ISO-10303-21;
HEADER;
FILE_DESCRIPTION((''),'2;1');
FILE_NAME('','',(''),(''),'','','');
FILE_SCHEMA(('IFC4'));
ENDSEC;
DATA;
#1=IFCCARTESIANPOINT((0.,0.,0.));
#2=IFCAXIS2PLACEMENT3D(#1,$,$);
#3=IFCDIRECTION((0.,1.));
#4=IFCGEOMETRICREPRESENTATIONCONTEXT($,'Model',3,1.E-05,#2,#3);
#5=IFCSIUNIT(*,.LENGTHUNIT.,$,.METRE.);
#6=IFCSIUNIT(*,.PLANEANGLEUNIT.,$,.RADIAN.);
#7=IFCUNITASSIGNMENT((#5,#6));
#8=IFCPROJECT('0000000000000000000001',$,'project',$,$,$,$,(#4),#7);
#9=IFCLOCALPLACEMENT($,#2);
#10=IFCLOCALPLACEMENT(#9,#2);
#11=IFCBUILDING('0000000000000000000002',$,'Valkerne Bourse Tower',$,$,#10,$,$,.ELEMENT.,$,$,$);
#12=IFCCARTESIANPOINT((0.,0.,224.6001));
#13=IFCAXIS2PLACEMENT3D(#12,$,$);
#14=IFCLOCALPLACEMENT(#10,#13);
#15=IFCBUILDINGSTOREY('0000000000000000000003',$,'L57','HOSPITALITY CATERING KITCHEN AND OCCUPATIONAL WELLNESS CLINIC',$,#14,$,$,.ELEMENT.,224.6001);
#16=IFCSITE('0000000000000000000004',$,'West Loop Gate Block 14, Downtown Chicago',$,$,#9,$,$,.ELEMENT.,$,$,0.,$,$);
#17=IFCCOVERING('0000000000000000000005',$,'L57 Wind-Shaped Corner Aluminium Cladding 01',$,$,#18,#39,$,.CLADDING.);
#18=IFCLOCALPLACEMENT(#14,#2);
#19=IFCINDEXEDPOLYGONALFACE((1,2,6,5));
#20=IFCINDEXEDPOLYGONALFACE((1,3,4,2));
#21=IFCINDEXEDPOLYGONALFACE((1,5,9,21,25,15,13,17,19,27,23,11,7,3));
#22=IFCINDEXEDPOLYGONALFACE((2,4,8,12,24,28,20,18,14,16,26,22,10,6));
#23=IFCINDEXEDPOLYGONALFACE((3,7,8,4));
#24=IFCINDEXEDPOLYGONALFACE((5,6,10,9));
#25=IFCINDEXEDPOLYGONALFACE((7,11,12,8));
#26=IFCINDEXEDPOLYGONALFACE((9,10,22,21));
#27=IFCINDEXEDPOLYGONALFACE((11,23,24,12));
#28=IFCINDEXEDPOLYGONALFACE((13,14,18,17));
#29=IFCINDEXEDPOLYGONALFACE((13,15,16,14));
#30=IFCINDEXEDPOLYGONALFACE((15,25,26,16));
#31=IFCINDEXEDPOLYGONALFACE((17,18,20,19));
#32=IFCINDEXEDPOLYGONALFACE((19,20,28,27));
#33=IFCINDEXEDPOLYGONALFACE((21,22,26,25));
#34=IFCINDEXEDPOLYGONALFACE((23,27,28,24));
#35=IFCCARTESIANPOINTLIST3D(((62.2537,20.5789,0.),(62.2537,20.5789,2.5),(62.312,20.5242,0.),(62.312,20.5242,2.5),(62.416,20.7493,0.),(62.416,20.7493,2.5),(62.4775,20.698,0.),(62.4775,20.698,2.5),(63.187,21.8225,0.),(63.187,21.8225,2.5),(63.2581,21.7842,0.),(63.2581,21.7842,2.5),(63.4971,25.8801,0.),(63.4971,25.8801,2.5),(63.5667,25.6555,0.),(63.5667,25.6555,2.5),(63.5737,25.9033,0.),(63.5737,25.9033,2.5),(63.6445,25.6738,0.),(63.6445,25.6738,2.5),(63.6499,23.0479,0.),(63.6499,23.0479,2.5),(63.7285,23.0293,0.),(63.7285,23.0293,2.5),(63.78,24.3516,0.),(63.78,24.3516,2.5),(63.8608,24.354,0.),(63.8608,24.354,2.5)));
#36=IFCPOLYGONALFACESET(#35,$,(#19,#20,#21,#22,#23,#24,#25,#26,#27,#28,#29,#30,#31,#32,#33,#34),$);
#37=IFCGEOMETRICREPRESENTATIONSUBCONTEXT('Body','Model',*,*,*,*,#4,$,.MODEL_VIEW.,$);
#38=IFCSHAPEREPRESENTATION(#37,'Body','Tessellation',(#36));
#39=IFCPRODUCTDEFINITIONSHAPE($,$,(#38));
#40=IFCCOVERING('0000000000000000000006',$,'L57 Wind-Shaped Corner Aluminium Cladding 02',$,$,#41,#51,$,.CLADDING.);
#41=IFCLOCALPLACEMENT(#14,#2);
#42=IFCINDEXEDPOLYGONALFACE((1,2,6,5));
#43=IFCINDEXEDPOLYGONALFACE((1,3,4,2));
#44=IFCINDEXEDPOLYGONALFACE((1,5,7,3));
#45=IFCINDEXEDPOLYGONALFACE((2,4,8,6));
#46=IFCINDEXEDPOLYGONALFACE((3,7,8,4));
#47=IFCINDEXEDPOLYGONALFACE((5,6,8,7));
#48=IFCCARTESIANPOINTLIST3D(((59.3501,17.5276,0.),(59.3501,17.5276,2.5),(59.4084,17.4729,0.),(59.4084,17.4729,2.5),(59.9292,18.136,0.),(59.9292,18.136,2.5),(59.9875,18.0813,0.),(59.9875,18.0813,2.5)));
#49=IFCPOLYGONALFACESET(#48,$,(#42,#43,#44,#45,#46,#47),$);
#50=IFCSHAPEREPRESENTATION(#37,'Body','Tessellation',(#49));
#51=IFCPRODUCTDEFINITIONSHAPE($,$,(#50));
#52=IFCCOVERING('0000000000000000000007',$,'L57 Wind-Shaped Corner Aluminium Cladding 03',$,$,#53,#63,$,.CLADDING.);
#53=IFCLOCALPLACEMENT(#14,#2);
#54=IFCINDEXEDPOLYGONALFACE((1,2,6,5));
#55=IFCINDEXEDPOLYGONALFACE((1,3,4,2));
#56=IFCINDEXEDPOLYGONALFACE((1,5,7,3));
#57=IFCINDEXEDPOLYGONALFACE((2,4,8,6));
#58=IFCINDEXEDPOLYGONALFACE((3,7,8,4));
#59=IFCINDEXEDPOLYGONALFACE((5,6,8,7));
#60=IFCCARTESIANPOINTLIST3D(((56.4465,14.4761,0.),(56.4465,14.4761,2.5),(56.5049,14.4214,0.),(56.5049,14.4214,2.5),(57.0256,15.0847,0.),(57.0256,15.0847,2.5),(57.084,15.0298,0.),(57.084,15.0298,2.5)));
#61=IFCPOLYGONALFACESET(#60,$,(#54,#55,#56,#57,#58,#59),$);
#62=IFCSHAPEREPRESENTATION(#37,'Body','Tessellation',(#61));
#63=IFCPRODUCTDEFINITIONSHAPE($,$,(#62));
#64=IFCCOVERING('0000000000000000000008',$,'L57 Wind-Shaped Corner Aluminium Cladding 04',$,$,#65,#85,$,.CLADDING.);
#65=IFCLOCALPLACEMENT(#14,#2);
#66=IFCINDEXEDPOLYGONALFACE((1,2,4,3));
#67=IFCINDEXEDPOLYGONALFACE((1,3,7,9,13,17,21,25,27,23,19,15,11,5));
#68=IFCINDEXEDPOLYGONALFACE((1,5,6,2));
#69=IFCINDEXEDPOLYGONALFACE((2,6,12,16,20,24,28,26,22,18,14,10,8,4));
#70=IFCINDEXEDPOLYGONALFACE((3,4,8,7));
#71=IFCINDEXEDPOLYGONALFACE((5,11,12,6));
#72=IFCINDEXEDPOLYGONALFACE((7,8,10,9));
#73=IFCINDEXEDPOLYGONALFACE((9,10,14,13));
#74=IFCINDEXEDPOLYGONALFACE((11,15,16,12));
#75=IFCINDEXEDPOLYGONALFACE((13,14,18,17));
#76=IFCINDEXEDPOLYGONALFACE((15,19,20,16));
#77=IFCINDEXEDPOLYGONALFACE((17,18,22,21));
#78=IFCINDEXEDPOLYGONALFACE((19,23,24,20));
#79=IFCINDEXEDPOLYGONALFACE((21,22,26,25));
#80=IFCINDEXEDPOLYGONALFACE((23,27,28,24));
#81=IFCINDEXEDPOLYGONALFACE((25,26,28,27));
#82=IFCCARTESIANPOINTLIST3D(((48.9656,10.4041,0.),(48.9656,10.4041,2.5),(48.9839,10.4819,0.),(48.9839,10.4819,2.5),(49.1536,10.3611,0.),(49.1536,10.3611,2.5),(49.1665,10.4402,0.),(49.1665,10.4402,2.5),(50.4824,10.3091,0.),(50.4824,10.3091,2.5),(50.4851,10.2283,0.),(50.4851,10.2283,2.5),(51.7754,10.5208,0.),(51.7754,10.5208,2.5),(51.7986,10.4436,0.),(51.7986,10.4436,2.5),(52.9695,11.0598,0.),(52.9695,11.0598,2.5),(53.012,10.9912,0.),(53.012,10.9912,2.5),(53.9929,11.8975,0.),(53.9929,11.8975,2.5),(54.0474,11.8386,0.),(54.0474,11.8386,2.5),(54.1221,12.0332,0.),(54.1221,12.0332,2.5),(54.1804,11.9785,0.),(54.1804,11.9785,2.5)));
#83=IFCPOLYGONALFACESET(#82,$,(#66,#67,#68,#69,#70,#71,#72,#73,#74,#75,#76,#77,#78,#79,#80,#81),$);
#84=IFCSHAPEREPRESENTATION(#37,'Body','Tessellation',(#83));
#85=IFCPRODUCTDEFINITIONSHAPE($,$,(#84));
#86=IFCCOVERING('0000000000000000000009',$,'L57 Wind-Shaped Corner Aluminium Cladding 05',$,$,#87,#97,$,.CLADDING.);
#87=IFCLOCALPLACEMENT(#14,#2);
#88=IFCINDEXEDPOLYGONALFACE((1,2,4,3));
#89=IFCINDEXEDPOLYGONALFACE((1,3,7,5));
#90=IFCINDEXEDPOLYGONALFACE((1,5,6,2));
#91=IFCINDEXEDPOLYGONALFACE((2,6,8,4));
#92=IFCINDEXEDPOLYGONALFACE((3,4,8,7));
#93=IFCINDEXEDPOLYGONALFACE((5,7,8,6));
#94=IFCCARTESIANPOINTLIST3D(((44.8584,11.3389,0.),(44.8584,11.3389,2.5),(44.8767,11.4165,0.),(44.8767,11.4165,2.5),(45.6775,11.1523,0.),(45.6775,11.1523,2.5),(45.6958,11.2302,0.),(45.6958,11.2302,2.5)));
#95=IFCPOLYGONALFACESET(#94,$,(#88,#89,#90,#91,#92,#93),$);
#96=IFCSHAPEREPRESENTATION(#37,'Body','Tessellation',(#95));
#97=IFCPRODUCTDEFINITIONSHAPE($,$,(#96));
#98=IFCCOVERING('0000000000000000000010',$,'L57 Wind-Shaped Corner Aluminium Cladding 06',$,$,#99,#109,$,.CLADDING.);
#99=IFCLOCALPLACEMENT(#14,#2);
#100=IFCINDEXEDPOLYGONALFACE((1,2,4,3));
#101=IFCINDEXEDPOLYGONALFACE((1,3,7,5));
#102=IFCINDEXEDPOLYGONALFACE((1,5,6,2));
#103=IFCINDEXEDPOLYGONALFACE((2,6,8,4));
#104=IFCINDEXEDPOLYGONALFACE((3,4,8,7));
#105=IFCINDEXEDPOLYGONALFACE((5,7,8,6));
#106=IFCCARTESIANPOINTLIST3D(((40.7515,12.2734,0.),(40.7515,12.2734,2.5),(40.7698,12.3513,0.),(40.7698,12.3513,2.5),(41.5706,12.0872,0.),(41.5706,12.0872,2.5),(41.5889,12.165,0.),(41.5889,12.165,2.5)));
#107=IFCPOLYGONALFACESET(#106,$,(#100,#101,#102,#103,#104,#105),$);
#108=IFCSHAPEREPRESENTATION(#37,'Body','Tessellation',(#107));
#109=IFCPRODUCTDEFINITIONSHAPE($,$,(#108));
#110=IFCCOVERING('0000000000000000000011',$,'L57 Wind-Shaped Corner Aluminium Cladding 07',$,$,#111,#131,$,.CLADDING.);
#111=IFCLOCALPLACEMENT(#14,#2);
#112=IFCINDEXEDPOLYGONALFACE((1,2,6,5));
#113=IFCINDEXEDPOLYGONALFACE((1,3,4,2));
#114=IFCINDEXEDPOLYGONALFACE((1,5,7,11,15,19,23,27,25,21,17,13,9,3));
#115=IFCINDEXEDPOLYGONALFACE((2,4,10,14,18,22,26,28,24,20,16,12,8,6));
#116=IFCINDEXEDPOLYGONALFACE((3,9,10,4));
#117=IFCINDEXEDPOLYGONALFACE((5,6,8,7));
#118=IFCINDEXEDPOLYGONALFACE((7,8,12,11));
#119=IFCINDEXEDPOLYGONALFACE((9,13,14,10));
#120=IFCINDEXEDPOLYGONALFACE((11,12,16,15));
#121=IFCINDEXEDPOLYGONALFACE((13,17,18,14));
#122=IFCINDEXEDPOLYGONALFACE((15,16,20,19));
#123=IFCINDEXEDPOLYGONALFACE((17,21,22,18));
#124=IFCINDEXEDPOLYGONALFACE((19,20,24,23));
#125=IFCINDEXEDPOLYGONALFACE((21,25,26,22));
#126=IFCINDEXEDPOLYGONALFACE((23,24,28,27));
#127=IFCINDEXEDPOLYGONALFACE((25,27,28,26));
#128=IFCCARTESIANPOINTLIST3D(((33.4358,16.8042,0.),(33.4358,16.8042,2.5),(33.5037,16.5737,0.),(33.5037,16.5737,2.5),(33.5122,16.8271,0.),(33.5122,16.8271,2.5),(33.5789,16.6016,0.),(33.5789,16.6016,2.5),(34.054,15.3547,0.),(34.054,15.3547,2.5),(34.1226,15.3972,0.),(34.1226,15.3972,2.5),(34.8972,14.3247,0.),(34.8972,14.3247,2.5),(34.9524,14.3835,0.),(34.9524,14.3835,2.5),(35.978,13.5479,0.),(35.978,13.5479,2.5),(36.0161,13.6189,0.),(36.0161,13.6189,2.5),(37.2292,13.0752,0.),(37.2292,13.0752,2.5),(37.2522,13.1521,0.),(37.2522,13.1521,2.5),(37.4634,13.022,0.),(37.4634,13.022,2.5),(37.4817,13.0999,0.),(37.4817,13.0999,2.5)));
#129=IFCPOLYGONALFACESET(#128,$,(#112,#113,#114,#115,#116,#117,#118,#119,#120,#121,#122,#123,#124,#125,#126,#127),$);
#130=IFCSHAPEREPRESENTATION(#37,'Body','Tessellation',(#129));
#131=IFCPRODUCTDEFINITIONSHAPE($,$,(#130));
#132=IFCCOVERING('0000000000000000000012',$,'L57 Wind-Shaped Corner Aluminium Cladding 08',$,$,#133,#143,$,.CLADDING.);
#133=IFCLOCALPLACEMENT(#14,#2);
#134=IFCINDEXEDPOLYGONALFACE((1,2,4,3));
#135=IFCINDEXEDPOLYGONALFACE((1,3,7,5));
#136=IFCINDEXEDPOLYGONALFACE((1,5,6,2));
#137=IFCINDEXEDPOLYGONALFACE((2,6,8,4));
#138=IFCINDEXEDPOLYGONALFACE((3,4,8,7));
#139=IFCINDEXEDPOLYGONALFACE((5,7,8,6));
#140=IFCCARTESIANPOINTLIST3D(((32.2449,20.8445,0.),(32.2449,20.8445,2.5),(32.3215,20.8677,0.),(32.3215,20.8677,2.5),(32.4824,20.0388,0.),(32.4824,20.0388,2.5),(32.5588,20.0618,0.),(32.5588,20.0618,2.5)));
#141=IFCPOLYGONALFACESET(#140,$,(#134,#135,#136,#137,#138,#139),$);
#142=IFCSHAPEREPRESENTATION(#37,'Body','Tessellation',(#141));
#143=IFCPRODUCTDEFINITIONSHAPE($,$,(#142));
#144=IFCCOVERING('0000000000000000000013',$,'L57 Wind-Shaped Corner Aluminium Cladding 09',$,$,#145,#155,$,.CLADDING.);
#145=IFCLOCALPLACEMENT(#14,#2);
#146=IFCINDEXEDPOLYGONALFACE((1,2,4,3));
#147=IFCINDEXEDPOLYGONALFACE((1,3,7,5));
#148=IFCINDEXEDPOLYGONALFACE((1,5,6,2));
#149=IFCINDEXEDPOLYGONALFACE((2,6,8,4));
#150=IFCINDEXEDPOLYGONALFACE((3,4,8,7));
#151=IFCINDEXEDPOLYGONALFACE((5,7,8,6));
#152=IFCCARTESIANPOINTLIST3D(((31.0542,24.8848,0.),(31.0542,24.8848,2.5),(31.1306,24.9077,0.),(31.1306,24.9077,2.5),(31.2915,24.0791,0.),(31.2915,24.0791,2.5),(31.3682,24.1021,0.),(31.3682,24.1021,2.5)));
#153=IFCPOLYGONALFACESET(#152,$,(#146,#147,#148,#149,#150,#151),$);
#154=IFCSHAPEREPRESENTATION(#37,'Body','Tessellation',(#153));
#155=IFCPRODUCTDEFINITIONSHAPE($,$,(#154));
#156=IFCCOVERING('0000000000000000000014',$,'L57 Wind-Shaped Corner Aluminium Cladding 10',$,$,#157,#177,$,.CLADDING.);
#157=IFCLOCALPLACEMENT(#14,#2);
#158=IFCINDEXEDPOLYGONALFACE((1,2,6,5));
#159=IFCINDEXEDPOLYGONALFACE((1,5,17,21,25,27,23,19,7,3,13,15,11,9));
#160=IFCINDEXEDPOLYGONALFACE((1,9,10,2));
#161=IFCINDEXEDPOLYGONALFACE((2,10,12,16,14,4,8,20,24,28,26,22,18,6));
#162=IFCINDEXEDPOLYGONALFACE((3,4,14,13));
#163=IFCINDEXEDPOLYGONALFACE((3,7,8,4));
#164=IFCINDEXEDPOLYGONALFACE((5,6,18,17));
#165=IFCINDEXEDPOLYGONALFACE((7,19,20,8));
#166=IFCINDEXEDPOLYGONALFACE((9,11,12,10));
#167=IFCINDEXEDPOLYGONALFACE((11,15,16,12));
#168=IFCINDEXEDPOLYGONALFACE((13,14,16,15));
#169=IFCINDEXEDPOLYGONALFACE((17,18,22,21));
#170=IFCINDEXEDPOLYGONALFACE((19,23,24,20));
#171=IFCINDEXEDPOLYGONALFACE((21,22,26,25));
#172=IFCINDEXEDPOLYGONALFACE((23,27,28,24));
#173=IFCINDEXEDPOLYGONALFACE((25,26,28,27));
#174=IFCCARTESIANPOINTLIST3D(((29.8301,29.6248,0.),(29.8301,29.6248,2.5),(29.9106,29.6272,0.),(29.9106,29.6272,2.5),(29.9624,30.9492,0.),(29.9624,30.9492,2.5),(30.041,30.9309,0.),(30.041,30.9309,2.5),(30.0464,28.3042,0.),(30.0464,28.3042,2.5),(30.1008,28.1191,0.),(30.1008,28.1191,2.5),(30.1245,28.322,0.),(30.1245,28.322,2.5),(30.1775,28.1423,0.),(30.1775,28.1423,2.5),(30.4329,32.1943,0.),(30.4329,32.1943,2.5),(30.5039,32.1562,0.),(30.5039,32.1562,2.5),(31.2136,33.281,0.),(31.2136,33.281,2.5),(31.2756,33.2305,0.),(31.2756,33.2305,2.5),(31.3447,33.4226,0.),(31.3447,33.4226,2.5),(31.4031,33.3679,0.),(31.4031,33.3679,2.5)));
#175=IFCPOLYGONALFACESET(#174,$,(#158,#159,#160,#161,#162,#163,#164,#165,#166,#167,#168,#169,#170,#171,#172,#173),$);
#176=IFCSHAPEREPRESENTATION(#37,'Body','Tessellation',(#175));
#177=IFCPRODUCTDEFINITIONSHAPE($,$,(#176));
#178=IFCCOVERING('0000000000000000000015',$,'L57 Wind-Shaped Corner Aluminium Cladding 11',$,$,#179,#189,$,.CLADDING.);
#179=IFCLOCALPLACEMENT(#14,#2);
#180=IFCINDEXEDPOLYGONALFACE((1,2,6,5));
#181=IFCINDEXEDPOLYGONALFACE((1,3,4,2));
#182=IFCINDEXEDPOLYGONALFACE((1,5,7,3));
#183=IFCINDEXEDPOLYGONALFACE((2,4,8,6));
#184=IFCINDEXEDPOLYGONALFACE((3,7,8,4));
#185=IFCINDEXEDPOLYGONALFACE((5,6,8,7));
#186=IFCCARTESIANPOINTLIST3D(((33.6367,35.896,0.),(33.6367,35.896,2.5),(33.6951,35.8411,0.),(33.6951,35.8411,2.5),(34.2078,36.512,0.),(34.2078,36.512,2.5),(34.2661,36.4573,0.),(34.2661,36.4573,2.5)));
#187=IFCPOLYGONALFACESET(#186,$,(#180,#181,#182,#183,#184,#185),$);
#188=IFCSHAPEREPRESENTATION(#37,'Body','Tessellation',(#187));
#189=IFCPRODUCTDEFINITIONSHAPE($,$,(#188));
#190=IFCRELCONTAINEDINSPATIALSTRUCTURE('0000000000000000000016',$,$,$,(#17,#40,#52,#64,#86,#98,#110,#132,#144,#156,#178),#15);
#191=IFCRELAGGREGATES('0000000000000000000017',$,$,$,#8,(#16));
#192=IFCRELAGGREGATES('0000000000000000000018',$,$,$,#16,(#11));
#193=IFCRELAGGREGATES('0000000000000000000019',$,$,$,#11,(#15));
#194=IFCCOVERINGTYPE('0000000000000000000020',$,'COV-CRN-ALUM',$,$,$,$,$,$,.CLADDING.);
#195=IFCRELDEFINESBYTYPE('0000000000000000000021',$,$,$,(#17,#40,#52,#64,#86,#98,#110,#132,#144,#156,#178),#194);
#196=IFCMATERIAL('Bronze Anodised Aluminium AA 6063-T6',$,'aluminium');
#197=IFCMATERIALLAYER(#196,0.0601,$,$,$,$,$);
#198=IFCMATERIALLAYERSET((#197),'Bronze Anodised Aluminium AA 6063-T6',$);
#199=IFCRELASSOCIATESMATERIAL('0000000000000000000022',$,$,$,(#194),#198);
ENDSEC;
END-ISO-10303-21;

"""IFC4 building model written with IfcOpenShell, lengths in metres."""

from ifc_helpers import new_model, si_unit, direction, frame, origin, place, context, subcontext, project, spatial, polyline, outline, extrude, material, layer, layer_set, type_object, element, save


model = new_model("IFC4")

# Units and contexts
model_context = context("Model", 3, precision=1e-05, world=origin(), true_north=direction((0.0, 1.0)))
body_context = subcontext(model_context, "Body", "Model", "MODEL_VIEW")
ifc_project = project(units=[si_unit("LENGTHUNIT", "METRE"), si_unit("PLANEANGLEUNIT", "RADIAN")], contexts=[model_context])

# Site, building, storey
site_placement = place(None, origin())
site = spatial("IfcSite", under=ifc_project, at=site_placement, Name="West Loop Gate Block 14, Downtown Chicago", CompositionType="ELEMENT", RefElevation=0.0)
building_placement = place(site_placement, origin())
building = spatial("IfcBuilding", under=site, at=building_placement, Name="Valkerne Bourse Tower", CompositionType="ELEMENT")
storey_placement = place(building_placement, frame((0.0, 0.0, 224.6001)))
storey = spatial("IfcBuildingStorey", under=building, at=storey_placement, Name="L57", Description="HOSPITALITY CATERING KITCHEN AND OCCUPATIONAL WELLNESS CLINIC", CompositionType="ELEMENT", Elevation=224.6001)

# Coverings
ifc_material_1 = material(Name="Bronze Anodised Aluminium AA 6063-T6", Category="aluminium")
ifc_layer_1 = layer(ifc_material_1, 0.0601)
ifc_layer_set_1 = layer_set([ifc_layer_1], Name="Bronze Anodised Aluminium AA 6063-T6")
covering_type = type_object("IfcCoveringType", Name="COV-CRN-ALUM", PredefinedType="CLADDING", material=ifc_layer_set_1)
covering_1_placement = place(storey_placement, origin())
element("IfcCovering", 1, at=covering_1_placement, inside=storey, type_object=covering_type, Name="L57 Wind-Shaped Corner Aluminium Cladding 01", PredefinedType="CLADDING", context=body_context, shape_type="SweptSolid", body=[
    extrude(outline(polyline([(63.8608, 24.354), (63.7285, 23.0293), (63.2581, 21.7842), (62.4775, 20.698), (62.312, 20.5242), (62.2537, 20.5789), (62.416, 20.7493), (63.187, 21.8225), (63.6499, 23.0479), (63.78, 24.3516), (63.5667, 25.6555), (63.4971, 25.8801), (63.5737, 25.9033), (63.6445, 25.6738), (63.8608, 24.354)])), origin(), (0.0, 0.0, 1.0), 2.5),
])
covering_2_placement = place(storey_placement, origin())
element("IfcCovering", 2, at=covering_2_placement, inside=storey, type_object=covering_type, Name="L57 Wind-Shaped Corner Aluminium Cladding 02", PredefinedType="CLADDING", context=body_context, shape_type="SweptSolid", body=[
    extrude(outline(polyline([(59.4084, 17.4729), (59.3501, 17.5276), (59.9292, 18.136), (59.9875, 18.0813), (59.4084, 17.4729)])), origin(), (0.0, 0.0, 1.0), 2.5),
])
covering_3_placement = place(storey_placement, origin())
element("IfcCovering", 3, at=covering_3_placement, inside=storey, type_object=covering_type, Name="L57 Wind-Shaped Corner Aluminium Cladding 03", PredefinedType="CLADDING", context=body_context, shape_type="SweptSolid", body=[
    extrude(outline(polyline([(56.5049, 14.4214), (56.4465, 14.4761), (57.0256, 15.0847), (57.084, 15.0298), (56.5049, 14.4214)])), origin(), (0.0, 0.0, 1.0), 2.5),
])
covering_4_placement = place(storey_placement, origin())
element("IfcCovering", 4, at=covering_4_placement, inside=storey, type_object=covering_type, Name="L57 Wind-Shaped Corner Aluminium Cladding 04", PredefinedType="CLADDING", context=body_context, shape_type="SweptSolid", body=[
    extrude(outline(polyline([(54.0474, 11.8386), (53.012, 10.9912), (51.7986, 10.4436), (50.4851, 10.2283), (49.1536, 10.3611), (48.9656, 10.4041), (48.9839, 10.4819), (49.1665, 10.4402), (50.4824, 10.3091), (51.7754, 10.5208), (52.9695, 11.0598), (53.9929, 11.8975), (54.1221, 12.0332), (54.1804, 11.9785), (54.0474, 11.8386)])), origin(), (0.0, 0.0, 1.0), 2.5),
])
covering_5_placement = place(storey_placement, origin())
element("IfcCovering", 5, at=covering_5_placement, inside=storey, type_object=covering_type, Name="L57 Wind-Shaped Corner Aluminium Cladding 05", PredefinedType="CLADDING", context=body_context, shape_type="SweptSolid", body=[
    extrude(outline(polyline([(44.8584, 11.3389), (44.8767, 11.4165), (45.6958, 11.2302), (45.6775, 11.1523), (44.8584, 11.3389)])), origin(), (0.0, 0.0, 1.0), 2.5),
])
covering_6_placement = place(storey_placement, origin())
element("IfcCovering", 6, at=covering_6_placement, inside=storey, type_object=covering_type, Name="L57 Wind-Shaped Corner Aluminium Cladding 06", PredefinedType="CLADDING", context=body_context, shape_type="SweptSolid", body=[
    extrude(outline(polyline([(40.7515, 12.2734), (40.7698, 12.3513), (41.5889, 12.165), (41.5706, 12.0872), (40.7515, 12.2734)])), origin(), (0.0, 0.0, 1.0), 2.5),
])
covering_7_placement = place(storey_placement, origin())
element("IfcCovering", 7, at=covering_7_placement, inside=storey, type_object=covering_type, Name="L57 Wind-Shaped Corner Aluminium Cladding 07", PredefinedType="CLADDING", context=body_context, shape_type="SweptSolid", body=[
    extrude(outline(polyline([(37.2292, 13.0752), (35.978, 13.5479), (34.8972, 14.3247), (34.054, 15.3547), (33.5037, 16.5737), (33.4358, 16.8042), (33.5122, 16.8271), (33.5789, 16.6016), (34.1226, 15.3972), (34.9524, 14.3835), (36.0161, 13.6189), (37.2522, 13.1521), (37.4817, 13.0999), (37.4634, 13.022), (37.2292, 13.0752)])), origin(), (0.0, 0.0, 1.0), 2.5),
])
covering_8_placement = place(storey_placement, origin())
element("IfcCovering", 8, at=covering_8_placement, inside=storey, type_object=covering_type, Name="L57 Wind-Shaped Corner Aluminium Cladding 08", PredefinedType="CLADDING", context=body_context, shape_type="SweptSolid", body=[
    extrude(outline(polyline([(32.2449, 20.8445), (32.3215, 20.8677), (32.5588, 20.0618), (32.4824, 20.0388), (32.2449, 20.8445)])), origin(), (0.0, 0.0, 1.0), 2.5),
])
covering_9_placement = place(storey_placement, origin())
element("IfcCovering", 9, at=covering_9_placement, inside=storey, type_object=covering_type, Name="L57 Wind-Shaped Corner Aluminium Cladding 09", PredefinedType="CLADDING", context=body_context, shape_type="SweptSolid", body=[
    extrude(outline(polyline([(31.0542, 24.8848), (31.1306, 24.9077), (31.3682, 24.1021), (31.2915, 24.0791), (31.0542, 24.8848)])), origin(), (0.0, 0.0, 1.0), 2.5),
])
covering_10_placement = place(storey_placement, origin())
element("IfcCovering", 10, at=covering_10_placement, inside=storey, type_object=covering_type, Name="L57 Wind-Shaped Corner Aluminium Cladding 10", PredefinedType="CLADDING", context=body_context, shape_type="SweptSolid", body=[
    extrude(outline(polyline([(30.0464, 28.3042), (29.8301, 29.6248), (29.9624, 30.9492), (30.4329, 32.1943), (31.2136, 33.281), (31.3447, 33.4226), (31.4031, 33.3679), (31.2756, 33.2305), (30.5039, 32.1562), (30.041, 30.9309), (29.9106, 29.6272), (30.1245, 28.322), (30.1775, 28.1423), (30.1008, 28.1191), (30.0464, 28.3042)])), origin(), (0.0, 0.0, 1.0), 2.5),
])
covering_11_placement = place(storey_placement, origin())
element("IfcCovering", 11, at=covering_11_placement, inside=storey, type_object=covering_type, Name="L57 Wind-Shaped Corner Aluminium Cladding 11", PredefinedType="CLADDING", context=body_context, shape_type="SweptSolid", body=[
    extrude(outline(polyline([(34.2078, 36.512), (34.2661, 36.4573), (33.6951, 35.8411), (33.6367, 35.896), (34.2078, 36.512)])), origin(), (0.0, 0.0, 1.0), 2.5),
])

save(model, "model.ifc")
